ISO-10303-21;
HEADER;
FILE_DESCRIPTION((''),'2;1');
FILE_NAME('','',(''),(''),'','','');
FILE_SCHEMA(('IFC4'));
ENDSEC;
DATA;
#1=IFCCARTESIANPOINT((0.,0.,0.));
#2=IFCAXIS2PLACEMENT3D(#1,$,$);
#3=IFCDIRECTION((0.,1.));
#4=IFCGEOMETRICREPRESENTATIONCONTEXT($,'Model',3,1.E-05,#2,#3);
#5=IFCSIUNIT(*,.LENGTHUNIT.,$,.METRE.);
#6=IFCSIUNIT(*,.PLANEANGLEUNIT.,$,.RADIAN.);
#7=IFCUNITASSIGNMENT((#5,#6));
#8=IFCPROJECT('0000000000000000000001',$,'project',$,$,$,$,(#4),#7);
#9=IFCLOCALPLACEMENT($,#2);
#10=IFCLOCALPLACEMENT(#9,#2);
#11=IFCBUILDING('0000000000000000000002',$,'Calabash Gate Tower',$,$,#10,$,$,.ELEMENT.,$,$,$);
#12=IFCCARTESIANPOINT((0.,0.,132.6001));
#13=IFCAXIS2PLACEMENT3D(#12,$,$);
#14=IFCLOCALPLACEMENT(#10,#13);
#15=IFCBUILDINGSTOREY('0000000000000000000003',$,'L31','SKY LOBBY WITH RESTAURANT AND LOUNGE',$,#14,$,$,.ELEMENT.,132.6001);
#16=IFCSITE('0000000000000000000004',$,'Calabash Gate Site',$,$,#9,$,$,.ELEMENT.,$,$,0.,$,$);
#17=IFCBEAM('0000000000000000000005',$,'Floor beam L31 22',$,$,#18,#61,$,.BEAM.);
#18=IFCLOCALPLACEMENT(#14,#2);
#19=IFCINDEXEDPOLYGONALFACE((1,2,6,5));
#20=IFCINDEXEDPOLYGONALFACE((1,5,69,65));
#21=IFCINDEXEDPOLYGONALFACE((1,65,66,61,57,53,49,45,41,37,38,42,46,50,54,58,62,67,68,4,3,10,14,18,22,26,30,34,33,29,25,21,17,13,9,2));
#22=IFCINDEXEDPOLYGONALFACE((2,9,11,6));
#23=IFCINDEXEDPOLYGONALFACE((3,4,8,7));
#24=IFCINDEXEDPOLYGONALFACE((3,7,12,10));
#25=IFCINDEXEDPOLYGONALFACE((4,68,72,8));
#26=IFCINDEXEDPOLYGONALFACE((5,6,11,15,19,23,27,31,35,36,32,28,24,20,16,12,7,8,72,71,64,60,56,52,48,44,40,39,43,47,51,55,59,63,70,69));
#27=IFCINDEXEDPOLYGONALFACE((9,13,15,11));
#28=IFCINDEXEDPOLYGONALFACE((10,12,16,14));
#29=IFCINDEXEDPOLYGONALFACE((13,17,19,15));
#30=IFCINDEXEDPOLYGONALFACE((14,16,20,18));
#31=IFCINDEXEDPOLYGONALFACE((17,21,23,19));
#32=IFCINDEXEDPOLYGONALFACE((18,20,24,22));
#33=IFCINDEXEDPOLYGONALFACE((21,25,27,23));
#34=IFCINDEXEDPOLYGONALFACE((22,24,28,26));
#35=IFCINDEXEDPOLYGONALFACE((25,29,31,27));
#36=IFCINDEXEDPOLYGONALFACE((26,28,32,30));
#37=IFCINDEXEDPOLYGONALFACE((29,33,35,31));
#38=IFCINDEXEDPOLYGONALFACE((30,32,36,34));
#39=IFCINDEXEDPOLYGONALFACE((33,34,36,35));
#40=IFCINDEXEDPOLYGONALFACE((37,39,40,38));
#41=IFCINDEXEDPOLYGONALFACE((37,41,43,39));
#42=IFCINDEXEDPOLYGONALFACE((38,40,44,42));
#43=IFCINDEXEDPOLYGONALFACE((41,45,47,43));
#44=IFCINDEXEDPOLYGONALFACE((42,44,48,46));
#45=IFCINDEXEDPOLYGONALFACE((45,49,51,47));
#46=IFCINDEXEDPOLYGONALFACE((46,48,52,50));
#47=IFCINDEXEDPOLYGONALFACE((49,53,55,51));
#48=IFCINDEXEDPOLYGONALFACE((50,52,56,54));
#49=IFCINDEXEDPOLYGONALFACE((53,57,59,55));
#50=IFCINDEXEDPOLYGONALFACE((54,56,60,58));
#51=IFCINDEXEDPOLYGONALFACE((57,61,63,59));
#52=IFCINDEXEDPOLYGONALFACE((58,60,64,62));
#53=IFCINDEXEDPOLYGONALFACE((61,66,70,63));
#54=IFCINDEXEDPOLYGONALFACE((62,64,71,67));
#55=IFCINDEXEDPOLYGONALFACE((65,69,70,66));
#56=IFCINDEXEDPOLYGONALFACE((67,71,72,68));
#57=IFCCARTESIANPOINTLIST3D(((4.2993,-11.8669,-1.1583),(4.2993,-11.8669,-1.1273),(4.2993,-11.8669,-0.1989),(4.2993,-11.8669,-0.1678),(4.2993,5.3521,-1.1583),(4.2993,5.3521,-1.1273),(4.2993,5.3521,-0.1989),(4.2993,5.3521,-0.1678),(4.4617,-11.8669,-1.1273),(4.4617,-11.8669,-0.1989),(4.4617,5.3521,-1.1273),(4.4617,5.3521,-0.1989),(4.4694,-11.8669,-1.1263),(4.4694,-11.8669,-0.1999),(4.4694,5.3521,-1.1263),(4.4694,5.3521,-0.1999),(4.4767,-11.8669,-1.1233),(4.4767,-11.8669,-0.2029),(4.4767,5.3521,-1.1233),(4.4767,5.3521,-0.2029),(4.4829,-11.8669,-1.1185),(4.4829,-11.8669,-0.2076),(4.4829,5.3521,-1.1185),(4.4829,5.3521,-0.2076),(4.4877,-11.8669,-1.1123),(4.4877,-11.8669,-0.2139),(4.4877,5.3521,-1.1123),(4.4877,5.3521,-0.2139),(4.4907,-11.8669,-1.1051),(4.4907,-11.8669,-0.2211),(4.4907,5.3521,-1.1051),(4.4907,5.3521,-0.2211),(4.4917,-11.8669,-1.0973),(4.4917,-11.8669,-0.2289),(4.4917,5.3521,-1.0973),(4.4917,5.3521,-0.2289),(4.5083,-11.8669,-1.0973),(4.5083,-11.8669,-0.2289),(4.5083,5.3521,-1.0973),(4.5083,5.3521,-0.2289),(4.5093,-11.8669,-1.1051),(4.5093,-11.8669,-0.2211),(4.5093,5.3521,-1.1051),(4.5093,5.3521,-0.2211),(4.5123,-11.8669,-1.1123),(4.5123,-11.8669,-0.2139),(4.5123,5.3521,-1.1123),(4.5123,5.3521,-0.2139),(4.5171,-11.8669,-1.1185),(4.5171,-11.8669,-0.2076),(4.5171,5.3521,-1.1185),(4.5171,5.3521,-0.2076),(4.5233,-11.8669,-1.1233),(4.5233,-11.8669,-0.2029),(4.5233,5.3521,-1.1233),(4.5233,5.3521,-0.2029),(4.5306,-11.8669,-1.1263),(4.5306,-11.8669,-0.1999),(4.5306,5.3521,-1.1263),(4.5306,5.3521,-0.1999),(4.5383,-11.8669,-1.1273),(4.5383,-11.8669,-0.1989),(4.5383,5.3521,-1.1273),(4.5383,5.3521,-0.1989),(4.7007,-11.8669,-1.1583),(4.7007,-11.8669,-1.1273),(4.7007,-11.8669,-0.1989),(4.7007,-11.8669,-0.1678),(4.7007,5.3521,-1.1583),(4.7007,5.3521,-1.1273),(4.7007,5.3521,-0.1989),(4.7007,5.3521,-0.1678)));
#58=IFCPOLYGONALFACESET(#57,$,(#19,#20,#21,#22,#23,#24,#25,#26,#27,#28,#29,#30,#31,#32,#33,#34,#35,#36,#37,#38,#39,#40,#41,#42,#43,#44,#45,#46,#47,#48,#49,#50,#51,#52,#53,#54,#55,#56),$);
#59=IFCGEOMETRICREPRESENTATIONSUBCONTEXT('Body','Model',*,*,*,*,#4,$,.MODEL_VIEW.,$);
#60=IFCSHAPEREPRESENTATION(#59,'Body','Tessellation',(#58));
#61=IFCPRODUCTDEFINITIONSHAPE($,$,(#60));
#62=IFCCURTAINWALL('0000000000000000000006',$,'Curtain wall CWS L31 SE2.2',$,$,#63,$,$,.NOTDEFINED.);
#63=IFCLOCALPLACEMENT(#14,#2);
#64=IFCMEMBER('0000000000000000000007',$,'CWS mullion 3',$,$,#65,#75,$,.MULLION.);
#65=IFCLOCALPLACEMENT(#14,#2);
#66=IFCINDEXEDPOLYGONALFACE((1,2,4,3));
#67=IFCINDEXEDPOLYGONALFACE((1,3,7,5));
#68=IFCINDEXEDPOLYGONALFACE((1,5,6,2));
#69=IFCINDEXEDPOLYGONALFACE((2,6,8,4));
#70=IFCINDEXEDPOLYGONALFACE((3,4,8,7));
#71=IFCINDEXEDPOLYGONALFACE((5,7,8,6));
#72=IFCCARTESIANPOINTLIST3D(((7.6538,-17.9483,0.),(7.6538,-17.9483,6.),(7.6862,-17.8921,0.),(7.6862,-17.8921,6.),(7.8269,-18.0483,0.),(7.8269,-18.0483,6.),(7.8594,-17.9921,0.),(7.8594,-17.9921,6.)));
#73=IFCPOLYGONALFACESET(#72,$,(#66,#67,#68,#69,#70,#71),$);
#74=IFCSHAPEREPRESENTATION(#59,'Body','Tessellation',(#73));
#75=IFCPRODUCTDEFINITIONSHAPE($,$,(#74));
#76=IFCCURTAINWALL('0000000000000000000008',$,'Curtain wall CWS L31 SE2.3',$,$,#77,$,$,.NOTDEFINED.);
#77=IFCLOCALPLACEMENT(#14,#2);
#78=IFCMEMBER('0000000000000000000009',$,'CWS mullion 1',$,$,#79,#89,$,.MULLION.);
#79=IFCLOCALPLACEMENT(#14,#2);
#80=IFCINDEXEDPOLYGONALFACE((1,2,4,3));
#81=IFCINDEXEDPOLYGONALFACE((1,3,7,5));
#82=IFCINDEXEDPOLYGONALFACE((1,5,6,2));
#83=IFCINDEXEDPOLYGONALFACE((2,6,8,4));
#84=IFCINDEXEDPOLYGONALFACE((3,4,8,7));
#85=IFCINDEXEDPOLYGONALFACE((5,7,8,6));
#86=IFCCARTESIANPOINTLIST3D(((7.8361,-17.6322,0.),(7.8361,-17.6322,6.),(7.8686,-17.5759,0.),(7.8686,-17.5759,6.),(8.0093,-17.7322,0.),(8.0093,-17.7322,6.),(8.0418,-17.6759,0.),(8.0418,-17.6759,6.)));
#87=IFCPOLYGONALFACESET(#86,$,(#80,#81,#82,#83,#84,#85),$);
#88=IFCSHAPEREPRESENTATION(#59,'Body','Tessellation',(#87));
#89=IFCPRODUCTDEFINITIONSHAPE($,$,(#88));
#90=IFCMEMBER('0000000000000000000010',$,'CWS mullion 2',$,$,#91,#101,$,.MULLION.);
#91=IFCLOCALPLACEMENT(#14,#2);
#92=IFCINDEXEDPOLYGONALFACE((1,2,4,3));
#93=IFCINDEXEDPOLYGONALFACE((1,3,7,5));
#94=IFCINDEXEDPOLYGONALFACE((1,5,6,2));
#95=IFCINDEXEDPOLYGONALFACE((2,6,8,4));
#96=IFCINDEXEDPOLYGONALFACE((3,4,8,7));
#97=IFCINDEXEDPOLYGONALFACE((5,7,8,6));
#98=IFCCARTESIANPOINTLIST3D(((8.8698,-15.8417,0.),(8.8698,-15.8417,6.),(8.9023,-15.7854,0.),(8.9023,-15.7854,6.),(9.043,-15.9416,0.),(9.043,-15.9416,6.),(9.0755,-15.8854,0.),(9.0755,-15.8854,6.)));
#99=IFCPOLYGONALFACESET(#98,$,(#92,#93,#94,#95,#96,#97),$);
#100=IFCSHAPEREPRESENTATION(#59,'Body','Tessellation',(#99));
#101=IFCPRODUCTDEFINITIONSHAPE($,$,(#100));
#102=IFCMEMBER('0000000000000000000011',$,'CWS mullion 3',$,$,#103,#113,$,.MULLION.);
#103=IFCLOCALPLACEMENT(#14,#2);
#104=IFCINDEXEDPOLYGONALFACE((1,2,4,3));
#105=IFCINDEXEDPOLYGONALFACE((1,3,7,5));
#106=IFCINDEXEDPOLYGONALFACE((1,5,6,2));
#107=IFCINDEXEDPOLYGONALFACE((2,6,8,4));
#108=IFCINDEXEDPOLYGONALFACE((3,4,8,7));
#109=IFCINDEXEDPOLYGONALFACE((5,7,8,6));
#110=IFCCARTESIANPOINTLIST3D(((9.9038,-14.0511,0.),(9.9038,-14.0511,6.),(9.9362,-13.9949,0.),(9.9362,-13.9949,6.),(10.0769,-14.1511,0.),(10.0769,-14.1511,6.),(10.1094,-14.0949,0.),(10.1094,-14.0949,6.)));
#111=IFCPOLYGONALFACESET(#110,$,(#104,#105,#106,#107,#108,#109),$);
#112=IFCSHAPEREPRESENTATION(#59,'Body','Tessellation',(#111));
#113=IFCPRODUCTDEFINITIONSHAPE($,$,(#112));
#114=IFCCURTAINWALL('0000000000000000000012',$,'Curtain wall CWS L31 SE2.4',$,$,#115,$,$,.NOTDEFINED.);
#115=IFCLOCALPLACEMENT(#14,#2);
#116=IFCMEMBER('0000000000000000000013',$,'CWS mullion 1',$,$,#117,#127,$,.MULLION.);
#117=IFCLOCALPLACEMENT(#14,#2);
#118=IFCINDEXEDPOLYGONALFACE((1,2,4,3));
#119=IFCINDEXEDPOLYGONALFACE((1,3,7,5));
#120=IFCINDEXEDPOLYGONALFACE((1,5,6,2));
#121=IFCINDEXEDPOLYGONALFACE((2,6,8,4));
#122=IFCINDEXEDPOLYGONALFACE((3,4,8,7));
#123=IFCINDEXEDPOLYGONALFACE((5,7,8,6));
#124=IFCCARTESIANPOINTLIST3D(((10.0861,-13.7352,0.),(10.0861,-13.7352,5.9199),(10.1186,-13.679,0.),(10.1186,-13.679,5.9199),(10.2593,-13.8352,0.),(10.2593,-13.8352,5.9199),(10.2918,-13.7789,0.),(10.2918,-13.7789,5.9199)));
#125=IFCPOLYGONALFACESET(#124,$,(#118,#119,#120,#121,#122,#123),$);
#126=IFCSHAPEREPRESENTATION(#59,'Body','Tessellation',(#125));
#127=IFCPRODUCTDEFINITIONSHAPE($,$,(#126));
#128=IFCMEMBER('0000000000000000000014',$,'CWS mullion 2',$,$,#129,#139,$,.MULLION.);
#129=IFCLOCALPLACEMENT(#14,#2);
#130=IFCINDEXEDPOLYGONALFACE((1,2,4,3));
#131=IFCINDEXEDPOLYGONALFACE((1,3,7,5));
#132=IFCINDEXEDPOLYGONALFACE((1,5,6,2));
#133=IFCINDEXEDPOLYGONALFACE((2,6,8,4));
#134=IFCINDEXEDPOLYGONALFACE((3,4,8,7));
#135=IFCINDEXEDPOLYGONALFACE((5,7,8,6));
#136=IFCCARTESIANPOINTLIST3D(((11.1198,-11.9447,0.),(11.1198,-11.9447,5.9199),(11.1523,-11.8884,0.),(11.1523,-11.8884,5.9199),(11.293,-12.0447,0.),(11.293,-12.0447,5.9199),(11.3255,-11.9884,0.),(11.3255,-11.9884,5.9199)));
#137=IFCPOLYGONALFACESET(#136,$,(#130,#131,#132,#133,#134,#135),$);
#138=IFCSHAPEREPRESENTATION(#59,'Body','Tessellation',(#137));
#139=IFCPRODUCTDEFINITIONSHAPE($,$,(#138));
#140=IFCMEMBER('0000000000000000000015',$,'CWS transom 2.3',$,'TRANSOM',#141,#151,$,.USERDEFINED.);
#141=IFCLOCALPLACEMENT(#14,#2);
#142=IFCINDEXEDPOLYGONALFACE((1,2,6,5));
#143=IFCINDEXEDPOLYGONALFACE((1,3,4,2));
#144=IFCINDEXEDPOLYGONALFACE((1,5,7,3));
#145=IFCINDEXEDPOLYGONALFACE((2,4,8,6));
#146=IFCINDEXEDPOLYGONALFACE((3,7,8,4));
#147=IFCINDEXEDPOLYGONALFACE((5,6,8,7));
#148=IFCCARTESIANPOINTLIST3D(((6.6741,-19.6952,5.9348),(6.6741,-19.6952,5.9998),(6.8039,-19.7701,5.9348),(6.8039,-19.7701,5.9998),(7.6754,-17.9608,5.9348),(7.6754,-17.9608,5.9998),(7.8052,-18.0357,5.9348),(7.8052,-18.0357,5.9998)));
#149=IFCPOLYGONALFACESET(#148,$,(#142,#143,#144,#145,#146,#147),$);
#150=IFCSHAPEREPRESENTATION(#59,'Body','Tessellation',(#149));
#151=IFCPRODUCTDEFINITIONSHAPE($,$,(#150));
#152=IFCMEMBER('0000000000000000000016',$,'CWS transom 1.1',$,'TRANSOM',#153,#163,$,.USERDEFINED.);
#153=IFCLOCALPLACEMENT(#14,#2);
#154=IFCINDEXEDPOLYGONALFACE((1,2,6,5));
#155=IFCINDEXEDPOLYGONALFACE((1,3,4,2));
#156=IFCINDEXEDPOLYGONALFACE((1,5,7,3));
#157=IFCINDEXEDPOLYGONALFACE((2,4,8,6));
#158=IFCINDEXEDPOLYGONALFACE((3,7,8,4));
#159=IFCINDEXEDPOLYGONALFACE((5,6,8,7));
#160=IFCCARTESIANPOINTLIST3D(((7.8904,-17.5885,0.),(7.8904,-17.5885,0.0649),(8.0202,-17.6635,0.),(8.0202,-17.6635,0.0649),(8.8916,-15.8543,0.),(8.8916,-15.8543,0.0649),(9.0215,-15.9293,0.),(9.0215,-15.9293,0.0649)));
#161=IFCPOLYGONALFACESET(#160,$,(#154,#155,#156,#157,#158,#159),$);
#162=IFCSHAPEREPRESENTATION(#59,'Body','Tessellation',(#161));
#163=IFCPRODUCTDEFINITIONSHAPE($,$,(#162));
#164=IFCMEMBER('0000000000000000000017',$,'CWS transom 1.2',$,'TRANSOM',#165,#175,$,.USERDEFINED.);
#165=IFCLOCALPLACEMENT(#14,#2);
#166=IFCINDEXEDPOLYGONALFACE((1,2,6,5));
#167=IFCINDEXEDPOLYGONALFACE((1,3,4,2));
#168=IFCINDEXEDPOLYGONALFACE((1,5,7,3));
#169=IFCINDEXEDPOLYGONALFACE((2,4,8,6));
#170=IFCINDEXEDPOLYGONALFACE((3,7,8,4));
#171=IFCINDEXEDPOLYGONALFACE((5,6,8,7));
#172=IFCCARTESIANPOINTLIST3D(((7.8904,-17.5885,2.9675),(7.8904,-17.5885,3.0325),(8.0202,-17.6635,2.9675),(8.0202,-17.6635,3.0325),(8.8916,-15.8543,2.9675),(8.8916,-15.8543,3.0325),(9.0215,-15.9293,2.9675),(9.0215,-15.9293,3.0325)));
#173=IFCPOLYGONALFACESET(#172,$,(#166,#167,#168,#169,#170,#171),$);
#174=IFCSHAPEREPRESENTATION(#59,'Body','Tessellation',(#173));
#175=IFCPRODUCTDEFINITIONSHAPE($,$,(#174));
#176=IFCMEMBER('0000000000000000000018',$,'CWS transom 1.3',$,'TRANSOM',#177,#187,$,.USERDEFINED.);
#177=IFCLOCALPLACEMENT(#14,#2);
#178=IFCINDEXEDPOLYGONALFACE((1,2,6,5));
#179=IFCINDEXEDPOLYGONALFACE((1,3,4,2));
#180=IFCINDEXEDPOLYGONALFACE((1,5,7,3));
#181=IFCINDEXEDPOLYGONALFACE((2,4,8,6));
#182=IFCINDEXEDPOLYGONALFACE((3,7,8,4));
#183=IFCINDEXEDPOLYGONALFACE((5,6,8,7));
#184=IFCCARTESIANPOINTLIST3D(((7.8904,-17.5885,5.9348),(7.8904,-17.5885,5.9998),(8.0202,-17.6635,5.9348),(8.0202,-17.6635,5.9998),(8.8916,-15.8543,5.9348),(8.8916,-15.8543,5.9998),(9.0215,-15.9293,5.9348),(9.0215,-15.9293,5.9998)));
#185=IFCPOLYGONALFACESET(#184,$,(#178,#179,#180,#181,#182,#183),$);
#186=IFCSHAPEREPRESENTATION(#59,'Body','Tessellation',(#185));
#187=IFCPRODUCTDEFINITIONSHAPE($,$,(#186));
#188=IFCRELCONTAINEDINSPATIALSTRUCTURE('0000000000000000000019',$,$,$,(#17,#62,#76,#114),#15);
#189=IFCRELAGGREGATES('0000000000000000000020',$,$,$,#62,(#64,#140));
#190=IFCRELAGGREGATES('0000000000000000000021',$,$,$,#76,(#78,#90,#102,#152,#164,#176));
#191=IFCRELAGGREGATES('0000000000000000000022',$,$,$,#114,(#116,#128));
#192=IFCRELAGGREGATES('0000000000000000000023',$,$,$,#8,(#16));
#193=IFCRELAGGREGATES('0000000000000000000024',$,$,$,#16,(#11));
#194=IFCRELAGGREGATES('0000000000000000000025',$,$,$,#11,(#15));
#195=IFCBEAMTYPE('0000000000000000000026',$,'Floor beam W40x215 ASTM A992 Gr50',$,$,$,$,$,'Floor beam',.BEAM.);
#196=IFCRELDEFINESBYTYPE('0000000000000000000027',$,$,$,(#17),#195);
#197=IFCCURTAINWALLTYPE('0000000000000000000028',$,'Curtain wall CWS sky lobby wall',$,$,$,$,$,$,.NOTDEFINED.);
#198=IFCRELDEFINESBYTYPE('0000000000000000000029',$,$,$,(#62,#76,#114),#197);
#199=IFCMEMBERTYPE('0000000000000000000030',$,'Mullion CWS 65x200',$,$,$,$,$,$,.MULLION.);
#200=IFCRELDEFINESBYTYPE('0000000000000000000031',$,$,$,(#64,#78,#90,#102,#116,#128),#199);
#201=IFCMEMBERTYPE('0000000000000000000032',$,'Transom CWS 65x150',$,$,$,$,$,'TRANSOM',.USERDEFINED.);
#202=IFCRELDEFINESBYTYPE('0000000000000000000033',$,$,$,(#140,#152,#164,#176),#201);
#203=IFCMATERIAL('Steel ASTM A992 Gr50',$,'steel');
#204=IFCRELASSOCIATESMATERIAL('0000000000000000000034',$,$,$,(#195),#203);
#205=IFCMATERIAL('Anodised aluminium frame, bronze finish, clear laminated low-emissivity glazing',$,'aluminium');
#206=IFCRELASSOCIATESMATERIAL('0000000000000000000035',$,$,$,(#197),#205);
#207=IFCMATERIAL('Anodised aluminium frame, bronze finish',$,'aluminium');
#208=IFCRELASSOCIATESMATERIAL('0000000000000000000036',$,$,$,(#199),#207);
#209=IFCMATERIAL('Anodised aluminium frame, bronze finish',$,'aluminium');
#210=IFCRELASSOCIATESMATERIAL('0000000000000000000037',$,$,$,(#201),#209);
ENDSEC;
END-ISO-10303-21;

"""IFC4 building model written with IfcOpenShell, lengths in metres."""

from ifc_helpers import new_model, si_unit, direction, frame, origin, origin_2d, place, context, subcontext, project, spatial, rectangle, i_section, extrude, material, material_profile, profile_set, type_object, element, aggregate, save


model = new_model("IFC4")

# Units and contexts
model_context = context("Model", 3, precision=1e-05, world=origin(), true_north=direction((0.0, 1.0)))
body_context = subcontext(model_context, "Body", "Model", "MODEL_VIEW")
ifc_project = project(units=[si_unit("LENGTHUNIT", "METRE"), si_unit("PLANEANGLEUNIT", "RADIAN")], contexts=[model_context])

# Site, building, storey
site_placement = place(None, origin())
site = spatial("IfcSite", under=ifc_project, at=site_placement, Name="Calabash Gate Site", CompositionType="ELEMENT", RefElevation=0.0)
building_placement = place(site_placement, origin())
building = spatial("IfcBuilding", under=site, at=building_placement, Name="Calabash Gate Tower", CompositionType="ELEMENT")
storey_placement = place(building_placement, frame((0.0, 0.0, 132.6001)))
storey = spatial("IfcBuildingStorey", under=building, at=storey_placement, Name="L31", Description="SKY LOBBY WITH RESTAURANT AND LOUNGE", CompositionType="ELEMENT", Elevation=132.6001)

# Beam
ifc_material_1 = material(Name="Steel ASTM A992 Gr50", Category="steel")
ifc_material_profile_1 = material_profile(ifc_material_1, i_section(OverallWidth=0.4014, OverallDepth=0.9905, WebThickness=0.0166, FlangeThickness=0.031, FilletRadius=0.03, at=origin_2d()))
ifc_profile_set_1 = profile_set([ifc_material_profile_1], Name="Steel ASTM A992 Gr50")
beam_type_1 = type_object("IfcBeamType", Name="Floor beam W40x215 ASTM A992 Gr50", ElementType="Floor beam", PredefinedType="BEAM", material=ifc_profile_set_1)
for number, where, z_axis, x_axis, name in (
    (1, (4.5, -11.8669, -0.6631), (0.0, 1.0, 0.0), (-1.0, 0.0, 0.0), "Floor beam L31 22"),
):
    element("IfcBeam", number, at=place(storey_placement, frame(where, z_axis=z_axis, x_axis=x_axis)), inside=storey, type_object=beam_type_1, Name=name, PredefinedType="BEAM", context=body_context, shape_type="SweptSolid", body=[
        extrude(i_section(OverallWidth=0.4014, OverallDepth=0.9905, WebThickness=0.0166, FlangeThickness=0.031, FilletRadius=0.03, at=origin_2d()), origin(), (0.0, 0.0, 1.0), 17.219),
    ])

# Curtain wall, member
ifc_material_2 = material(Name="Anodised aluminium frame, bronze finish, clear laminated low-emissivity glazing", Category="aluminium")
curtain_wall_type = type_object("IfcCurtainWallType", Name="Curtain wall CWS sky lobby wall", PredefinedType="NOTDEFINED", material=ifc_material_2)
curtain_wall_1_placement = place(storey_placement, origin())
curtain_wall_1 = element("IfcCurtainWall", 2, at=curtain_wall_1_placement, inside=storey, type_object=curtain_wall_type, Name="Curtain wall CWS L31 SE2.2", PredefinedType="NOTDEFINED")
ifc_material_3 = material(Name="Anodised aluminium frame, bronze finish", Category="aluminium")
ifc_material_profile_2 = material_profile(ifc_material_3, rectangle(XDim=0.2, YDim=0.0649, at=origin_2d()))
ifc_profile_set_2 = profile_set([ifc_material_profile_2], Name="Anodised aluminium frame, bronze finish")
member_type_1 = type_object("IfcMemberType", Name="Mullion CWS 65x200", PredefinedType="MULLION", material=ifc_profile_set_2)
member_1_placement = place(storey_placement, frame((7.7566, -17.9702, 0.0), z_axis=(0.0, 0.0, 1.0), x_axis=(-0.866025, 0.5, 0.0)))
member_1 = element("IfcMember", 3, at=member_1_placement, type_object=member_type_1, Name="CWS mullion 3", PredefinedType="MULLION", context=body_context, shape_type="SweptSolid", body=[
    extrude(rectangle(XDim=0.2, YDim=0.0649, at=origin_2d()), origin(), (0.0, 0.0, 1.0), 6.0),
])

# Curtain walls, members
curtain_wall_2_placement = place(storey_placement, origin())
curtain_wall_2 = element("IfcCurtainWall", 4, at=curtain_wall_2_placement, inside=storey, type_object=curtain_wall_type, Name="Curtain wall CWS L31 SE2.3", PredefinedType="NOTDEFINED")
member_2_placement = place(storey_placement, frame((7.939, -17.6541, 0.0), z_axis=(0.0, 0.0, 1.0), x_axis=(-0.866025, 0.5, 0.0)))
member_2 = element("IfcMember", 5, at=member_2_placement, type_object=member_type_1, Name="CWS mullion 1", PredefinedType="MULLION", context=body_context, shape_type="SweptSolid", body=[
    extrude(rectangle(XDim=0.2, YDim=0.0649, at=origin_2d()), origin(), (0.0, 0.0, 1.0), 6.0),
])
member_3_placement = place(storey_placement, frame((8.9727, -15.8635, 0.0), z_axis=(0.0, 0.0, 1.0), x_axis=(-0.866025, 0.5, 0.0)))
member_3 = element("IfcMember", 6, at=member_3_placement, type_object=member_type_1, Name="CWS mullion 2", PredefinedType="MULLION", context=body_context, shape_type="SweptSolid", body=[
    extrude(rectangle(XDim=0.2, YDim=0.0649, at=origin_2d()), origin(), (0.0, 0.0, 1.0), 6.0),
])
member_4_placement = place(storey_placement, frame((10.0066, -14.073, 0.0), z_axis=(0.0, 0.0, 1.0), x_axis=(-0.866025, 0.5, 0.0)))
member_4 = element("IfcMember", 7, at=member_4_placement, type_object=member_type_1, Name="CWS mullion 3", PredefinedType="MULLION", context=body_context, shape_type="SweptSolid", body=[
    extrude(rectangle(XDim=0.2, YDim=0.0649, at=origin_2d()), origin(), (0.0, 0.0, 1.0), 6.0),
])
curtain_wall_3_placement = place(storey_placement, origin())
curtain_wall_3 = element("IfcCurtainWall", 8, at=curtain_wall_3_placement, inside=storey, type_object=curtain_wall_type, Name="Curtain wall CWS L31 SE2.4", PredefinedType="NOTDEFINED")
member_5_placement = place(storey_placement, frame((10.189, -13.7571, 0.0), z_axis=(0.0, 0.0, 1.0), x_axis=(-0.866025, 0.5, 0.0)))
member_5 = element("IfcMember", 9, at=member_5_placement, type_object=member_type_1, Name="CWS mullion 1", PredefinedType="MULLION", context=body_context, shape_type="SweptSolid", body=[
    extrude(rectangle(XDim=0.2, YDim=0.0649, at=origin_2d()), origin(), (0.0, 0.0, 1.0), 5.9199),
])
member_6_placement = place(storey_placement, frame((11.2227, -11.9666, 0.0), z_axis=(0.0, 0.0, 1.0), x_axis=(-0.866025, 0.5, 0.0)))
member_6 = element("IfcMember", 10, at=member_6_placement, type_object=member_type_1, Name="CWS mullion 2", PredefinedType="MULLION", context=body_context, shape_type="SweptSolid", body=[
    extrude(rectangle(XDim=0.2, YDim=0.0649, at=origin_2d()), origin(), (0.0, 0.0, 1.0), 5.9199),
])

# Members
ifc_material_4 = material(Name="Anodised aluminium frame, bronze finish", Category="aluminium")
ifc_material_profile_3 = material_profile(ifc_material_4, rectangle(XDim=0.1499, YDim=0.0649, at=origin_2d()))
ifc_profile_set_3 = profile_set([ifc_material_profile_3], Name="Anodised aluminium frame, bronze finish")
member_type_2 = type_object("IfcMemberType", Name="Transom CWS 65x150", ElementType="TRANSOM", PredefinedType="USERDEFINED", material=ifc_profile_set_3)
member_7_placement = place(storey_placement, frame((6.739, -19.7327, 5.9673), z_axis=(0.499955, 0.866052, 0.0), x_axis=(-0.866052, 0.499955, 0.0)))
member_7 = element("IfcMember", 11, at=member_7_placement, type_object=member_type_2, Name="CWS transom 2.3", ObjectType="TRANSOM", PredefinedType="USERDEFINED", context=body_context, shape_type="SweptSolid", body=[
    extrude(rectangle(XDim=0.1499, YDim=0.0649, at=origin_2d()), origin(), (0.0, 0.0, 1.0), 2.0027),
])
member_8_placement = place(storey_placement, frame((7.9553, -17.626, 0.0325), z_axis=(0.500007, 0.866021, 0.0), x_axis=(-0.866021, 0.500007, 0.0)))
member_8 = element("IfcMember", 12, at=member_8_placement, type_object=member_type_2, Name="CWS transom 1.1", ObjectType="TRANSOM", PredefinedType="USERDEFINED", context=body_context, shape_type="SweptSolid", body=[
    extrude(rectangle(XDim=0.1499, YDim=0.0649, at=origin_2d()), origin(), (0.0, 0.0, 1.0), 2.0024),
])
member_9_placement = place(storey_placement, frame((7.9553, -17.626, 3.0), z_axis=(0.500007, 0.866021, 0.0), x_axis=(-0.866021, 0.500007, 0.0)))
member_9 = element("IfcMember", 13, at=member_9_placement, type_object=member_type_2, Name="CWS transom 1.2", ObjectType="TRANSOM", PredefinedType="USERDEFINED", context=body_context, shape_type="SweptSolid", body=[
    extrude(rectangle(XDim=0.1499, YDim=0.0649, at=origin_2d()), origin(), (0.0, 0.0, 1.0), 2.0024),
])
member_10_placement = place(storey_placement, frame((7.9553, -17.626, 5.9673), z_axis=(0.500007, 0.866021, 0.0), x_axis=(-0.866021, 0.500007, 0.0)))
member_10 = element("IfcMember", 14, at=member_10_placement, type_object=member_type_2, Name="CWS transom 1.3", ObjectType="TRANSOM", PredefinedType="USERDEFINED", context=body_context, shape_type="SweptSolid", body=[
    extrude(rectangle(XDim=0.1499, YDim=0.0649, at=origin_2d()), origin(), (0.0, 0.0, 1.0), 2.0024),
])

aggregate(curtain_wall_1, [member_1, member_7])
aggregate(curtain_wall_2, [member_2, member_3, member_4, member_8, member_9, member_10])
aggregate(curtain_wall_3, [member_5, member_6])

save(model, "model.ifc")
